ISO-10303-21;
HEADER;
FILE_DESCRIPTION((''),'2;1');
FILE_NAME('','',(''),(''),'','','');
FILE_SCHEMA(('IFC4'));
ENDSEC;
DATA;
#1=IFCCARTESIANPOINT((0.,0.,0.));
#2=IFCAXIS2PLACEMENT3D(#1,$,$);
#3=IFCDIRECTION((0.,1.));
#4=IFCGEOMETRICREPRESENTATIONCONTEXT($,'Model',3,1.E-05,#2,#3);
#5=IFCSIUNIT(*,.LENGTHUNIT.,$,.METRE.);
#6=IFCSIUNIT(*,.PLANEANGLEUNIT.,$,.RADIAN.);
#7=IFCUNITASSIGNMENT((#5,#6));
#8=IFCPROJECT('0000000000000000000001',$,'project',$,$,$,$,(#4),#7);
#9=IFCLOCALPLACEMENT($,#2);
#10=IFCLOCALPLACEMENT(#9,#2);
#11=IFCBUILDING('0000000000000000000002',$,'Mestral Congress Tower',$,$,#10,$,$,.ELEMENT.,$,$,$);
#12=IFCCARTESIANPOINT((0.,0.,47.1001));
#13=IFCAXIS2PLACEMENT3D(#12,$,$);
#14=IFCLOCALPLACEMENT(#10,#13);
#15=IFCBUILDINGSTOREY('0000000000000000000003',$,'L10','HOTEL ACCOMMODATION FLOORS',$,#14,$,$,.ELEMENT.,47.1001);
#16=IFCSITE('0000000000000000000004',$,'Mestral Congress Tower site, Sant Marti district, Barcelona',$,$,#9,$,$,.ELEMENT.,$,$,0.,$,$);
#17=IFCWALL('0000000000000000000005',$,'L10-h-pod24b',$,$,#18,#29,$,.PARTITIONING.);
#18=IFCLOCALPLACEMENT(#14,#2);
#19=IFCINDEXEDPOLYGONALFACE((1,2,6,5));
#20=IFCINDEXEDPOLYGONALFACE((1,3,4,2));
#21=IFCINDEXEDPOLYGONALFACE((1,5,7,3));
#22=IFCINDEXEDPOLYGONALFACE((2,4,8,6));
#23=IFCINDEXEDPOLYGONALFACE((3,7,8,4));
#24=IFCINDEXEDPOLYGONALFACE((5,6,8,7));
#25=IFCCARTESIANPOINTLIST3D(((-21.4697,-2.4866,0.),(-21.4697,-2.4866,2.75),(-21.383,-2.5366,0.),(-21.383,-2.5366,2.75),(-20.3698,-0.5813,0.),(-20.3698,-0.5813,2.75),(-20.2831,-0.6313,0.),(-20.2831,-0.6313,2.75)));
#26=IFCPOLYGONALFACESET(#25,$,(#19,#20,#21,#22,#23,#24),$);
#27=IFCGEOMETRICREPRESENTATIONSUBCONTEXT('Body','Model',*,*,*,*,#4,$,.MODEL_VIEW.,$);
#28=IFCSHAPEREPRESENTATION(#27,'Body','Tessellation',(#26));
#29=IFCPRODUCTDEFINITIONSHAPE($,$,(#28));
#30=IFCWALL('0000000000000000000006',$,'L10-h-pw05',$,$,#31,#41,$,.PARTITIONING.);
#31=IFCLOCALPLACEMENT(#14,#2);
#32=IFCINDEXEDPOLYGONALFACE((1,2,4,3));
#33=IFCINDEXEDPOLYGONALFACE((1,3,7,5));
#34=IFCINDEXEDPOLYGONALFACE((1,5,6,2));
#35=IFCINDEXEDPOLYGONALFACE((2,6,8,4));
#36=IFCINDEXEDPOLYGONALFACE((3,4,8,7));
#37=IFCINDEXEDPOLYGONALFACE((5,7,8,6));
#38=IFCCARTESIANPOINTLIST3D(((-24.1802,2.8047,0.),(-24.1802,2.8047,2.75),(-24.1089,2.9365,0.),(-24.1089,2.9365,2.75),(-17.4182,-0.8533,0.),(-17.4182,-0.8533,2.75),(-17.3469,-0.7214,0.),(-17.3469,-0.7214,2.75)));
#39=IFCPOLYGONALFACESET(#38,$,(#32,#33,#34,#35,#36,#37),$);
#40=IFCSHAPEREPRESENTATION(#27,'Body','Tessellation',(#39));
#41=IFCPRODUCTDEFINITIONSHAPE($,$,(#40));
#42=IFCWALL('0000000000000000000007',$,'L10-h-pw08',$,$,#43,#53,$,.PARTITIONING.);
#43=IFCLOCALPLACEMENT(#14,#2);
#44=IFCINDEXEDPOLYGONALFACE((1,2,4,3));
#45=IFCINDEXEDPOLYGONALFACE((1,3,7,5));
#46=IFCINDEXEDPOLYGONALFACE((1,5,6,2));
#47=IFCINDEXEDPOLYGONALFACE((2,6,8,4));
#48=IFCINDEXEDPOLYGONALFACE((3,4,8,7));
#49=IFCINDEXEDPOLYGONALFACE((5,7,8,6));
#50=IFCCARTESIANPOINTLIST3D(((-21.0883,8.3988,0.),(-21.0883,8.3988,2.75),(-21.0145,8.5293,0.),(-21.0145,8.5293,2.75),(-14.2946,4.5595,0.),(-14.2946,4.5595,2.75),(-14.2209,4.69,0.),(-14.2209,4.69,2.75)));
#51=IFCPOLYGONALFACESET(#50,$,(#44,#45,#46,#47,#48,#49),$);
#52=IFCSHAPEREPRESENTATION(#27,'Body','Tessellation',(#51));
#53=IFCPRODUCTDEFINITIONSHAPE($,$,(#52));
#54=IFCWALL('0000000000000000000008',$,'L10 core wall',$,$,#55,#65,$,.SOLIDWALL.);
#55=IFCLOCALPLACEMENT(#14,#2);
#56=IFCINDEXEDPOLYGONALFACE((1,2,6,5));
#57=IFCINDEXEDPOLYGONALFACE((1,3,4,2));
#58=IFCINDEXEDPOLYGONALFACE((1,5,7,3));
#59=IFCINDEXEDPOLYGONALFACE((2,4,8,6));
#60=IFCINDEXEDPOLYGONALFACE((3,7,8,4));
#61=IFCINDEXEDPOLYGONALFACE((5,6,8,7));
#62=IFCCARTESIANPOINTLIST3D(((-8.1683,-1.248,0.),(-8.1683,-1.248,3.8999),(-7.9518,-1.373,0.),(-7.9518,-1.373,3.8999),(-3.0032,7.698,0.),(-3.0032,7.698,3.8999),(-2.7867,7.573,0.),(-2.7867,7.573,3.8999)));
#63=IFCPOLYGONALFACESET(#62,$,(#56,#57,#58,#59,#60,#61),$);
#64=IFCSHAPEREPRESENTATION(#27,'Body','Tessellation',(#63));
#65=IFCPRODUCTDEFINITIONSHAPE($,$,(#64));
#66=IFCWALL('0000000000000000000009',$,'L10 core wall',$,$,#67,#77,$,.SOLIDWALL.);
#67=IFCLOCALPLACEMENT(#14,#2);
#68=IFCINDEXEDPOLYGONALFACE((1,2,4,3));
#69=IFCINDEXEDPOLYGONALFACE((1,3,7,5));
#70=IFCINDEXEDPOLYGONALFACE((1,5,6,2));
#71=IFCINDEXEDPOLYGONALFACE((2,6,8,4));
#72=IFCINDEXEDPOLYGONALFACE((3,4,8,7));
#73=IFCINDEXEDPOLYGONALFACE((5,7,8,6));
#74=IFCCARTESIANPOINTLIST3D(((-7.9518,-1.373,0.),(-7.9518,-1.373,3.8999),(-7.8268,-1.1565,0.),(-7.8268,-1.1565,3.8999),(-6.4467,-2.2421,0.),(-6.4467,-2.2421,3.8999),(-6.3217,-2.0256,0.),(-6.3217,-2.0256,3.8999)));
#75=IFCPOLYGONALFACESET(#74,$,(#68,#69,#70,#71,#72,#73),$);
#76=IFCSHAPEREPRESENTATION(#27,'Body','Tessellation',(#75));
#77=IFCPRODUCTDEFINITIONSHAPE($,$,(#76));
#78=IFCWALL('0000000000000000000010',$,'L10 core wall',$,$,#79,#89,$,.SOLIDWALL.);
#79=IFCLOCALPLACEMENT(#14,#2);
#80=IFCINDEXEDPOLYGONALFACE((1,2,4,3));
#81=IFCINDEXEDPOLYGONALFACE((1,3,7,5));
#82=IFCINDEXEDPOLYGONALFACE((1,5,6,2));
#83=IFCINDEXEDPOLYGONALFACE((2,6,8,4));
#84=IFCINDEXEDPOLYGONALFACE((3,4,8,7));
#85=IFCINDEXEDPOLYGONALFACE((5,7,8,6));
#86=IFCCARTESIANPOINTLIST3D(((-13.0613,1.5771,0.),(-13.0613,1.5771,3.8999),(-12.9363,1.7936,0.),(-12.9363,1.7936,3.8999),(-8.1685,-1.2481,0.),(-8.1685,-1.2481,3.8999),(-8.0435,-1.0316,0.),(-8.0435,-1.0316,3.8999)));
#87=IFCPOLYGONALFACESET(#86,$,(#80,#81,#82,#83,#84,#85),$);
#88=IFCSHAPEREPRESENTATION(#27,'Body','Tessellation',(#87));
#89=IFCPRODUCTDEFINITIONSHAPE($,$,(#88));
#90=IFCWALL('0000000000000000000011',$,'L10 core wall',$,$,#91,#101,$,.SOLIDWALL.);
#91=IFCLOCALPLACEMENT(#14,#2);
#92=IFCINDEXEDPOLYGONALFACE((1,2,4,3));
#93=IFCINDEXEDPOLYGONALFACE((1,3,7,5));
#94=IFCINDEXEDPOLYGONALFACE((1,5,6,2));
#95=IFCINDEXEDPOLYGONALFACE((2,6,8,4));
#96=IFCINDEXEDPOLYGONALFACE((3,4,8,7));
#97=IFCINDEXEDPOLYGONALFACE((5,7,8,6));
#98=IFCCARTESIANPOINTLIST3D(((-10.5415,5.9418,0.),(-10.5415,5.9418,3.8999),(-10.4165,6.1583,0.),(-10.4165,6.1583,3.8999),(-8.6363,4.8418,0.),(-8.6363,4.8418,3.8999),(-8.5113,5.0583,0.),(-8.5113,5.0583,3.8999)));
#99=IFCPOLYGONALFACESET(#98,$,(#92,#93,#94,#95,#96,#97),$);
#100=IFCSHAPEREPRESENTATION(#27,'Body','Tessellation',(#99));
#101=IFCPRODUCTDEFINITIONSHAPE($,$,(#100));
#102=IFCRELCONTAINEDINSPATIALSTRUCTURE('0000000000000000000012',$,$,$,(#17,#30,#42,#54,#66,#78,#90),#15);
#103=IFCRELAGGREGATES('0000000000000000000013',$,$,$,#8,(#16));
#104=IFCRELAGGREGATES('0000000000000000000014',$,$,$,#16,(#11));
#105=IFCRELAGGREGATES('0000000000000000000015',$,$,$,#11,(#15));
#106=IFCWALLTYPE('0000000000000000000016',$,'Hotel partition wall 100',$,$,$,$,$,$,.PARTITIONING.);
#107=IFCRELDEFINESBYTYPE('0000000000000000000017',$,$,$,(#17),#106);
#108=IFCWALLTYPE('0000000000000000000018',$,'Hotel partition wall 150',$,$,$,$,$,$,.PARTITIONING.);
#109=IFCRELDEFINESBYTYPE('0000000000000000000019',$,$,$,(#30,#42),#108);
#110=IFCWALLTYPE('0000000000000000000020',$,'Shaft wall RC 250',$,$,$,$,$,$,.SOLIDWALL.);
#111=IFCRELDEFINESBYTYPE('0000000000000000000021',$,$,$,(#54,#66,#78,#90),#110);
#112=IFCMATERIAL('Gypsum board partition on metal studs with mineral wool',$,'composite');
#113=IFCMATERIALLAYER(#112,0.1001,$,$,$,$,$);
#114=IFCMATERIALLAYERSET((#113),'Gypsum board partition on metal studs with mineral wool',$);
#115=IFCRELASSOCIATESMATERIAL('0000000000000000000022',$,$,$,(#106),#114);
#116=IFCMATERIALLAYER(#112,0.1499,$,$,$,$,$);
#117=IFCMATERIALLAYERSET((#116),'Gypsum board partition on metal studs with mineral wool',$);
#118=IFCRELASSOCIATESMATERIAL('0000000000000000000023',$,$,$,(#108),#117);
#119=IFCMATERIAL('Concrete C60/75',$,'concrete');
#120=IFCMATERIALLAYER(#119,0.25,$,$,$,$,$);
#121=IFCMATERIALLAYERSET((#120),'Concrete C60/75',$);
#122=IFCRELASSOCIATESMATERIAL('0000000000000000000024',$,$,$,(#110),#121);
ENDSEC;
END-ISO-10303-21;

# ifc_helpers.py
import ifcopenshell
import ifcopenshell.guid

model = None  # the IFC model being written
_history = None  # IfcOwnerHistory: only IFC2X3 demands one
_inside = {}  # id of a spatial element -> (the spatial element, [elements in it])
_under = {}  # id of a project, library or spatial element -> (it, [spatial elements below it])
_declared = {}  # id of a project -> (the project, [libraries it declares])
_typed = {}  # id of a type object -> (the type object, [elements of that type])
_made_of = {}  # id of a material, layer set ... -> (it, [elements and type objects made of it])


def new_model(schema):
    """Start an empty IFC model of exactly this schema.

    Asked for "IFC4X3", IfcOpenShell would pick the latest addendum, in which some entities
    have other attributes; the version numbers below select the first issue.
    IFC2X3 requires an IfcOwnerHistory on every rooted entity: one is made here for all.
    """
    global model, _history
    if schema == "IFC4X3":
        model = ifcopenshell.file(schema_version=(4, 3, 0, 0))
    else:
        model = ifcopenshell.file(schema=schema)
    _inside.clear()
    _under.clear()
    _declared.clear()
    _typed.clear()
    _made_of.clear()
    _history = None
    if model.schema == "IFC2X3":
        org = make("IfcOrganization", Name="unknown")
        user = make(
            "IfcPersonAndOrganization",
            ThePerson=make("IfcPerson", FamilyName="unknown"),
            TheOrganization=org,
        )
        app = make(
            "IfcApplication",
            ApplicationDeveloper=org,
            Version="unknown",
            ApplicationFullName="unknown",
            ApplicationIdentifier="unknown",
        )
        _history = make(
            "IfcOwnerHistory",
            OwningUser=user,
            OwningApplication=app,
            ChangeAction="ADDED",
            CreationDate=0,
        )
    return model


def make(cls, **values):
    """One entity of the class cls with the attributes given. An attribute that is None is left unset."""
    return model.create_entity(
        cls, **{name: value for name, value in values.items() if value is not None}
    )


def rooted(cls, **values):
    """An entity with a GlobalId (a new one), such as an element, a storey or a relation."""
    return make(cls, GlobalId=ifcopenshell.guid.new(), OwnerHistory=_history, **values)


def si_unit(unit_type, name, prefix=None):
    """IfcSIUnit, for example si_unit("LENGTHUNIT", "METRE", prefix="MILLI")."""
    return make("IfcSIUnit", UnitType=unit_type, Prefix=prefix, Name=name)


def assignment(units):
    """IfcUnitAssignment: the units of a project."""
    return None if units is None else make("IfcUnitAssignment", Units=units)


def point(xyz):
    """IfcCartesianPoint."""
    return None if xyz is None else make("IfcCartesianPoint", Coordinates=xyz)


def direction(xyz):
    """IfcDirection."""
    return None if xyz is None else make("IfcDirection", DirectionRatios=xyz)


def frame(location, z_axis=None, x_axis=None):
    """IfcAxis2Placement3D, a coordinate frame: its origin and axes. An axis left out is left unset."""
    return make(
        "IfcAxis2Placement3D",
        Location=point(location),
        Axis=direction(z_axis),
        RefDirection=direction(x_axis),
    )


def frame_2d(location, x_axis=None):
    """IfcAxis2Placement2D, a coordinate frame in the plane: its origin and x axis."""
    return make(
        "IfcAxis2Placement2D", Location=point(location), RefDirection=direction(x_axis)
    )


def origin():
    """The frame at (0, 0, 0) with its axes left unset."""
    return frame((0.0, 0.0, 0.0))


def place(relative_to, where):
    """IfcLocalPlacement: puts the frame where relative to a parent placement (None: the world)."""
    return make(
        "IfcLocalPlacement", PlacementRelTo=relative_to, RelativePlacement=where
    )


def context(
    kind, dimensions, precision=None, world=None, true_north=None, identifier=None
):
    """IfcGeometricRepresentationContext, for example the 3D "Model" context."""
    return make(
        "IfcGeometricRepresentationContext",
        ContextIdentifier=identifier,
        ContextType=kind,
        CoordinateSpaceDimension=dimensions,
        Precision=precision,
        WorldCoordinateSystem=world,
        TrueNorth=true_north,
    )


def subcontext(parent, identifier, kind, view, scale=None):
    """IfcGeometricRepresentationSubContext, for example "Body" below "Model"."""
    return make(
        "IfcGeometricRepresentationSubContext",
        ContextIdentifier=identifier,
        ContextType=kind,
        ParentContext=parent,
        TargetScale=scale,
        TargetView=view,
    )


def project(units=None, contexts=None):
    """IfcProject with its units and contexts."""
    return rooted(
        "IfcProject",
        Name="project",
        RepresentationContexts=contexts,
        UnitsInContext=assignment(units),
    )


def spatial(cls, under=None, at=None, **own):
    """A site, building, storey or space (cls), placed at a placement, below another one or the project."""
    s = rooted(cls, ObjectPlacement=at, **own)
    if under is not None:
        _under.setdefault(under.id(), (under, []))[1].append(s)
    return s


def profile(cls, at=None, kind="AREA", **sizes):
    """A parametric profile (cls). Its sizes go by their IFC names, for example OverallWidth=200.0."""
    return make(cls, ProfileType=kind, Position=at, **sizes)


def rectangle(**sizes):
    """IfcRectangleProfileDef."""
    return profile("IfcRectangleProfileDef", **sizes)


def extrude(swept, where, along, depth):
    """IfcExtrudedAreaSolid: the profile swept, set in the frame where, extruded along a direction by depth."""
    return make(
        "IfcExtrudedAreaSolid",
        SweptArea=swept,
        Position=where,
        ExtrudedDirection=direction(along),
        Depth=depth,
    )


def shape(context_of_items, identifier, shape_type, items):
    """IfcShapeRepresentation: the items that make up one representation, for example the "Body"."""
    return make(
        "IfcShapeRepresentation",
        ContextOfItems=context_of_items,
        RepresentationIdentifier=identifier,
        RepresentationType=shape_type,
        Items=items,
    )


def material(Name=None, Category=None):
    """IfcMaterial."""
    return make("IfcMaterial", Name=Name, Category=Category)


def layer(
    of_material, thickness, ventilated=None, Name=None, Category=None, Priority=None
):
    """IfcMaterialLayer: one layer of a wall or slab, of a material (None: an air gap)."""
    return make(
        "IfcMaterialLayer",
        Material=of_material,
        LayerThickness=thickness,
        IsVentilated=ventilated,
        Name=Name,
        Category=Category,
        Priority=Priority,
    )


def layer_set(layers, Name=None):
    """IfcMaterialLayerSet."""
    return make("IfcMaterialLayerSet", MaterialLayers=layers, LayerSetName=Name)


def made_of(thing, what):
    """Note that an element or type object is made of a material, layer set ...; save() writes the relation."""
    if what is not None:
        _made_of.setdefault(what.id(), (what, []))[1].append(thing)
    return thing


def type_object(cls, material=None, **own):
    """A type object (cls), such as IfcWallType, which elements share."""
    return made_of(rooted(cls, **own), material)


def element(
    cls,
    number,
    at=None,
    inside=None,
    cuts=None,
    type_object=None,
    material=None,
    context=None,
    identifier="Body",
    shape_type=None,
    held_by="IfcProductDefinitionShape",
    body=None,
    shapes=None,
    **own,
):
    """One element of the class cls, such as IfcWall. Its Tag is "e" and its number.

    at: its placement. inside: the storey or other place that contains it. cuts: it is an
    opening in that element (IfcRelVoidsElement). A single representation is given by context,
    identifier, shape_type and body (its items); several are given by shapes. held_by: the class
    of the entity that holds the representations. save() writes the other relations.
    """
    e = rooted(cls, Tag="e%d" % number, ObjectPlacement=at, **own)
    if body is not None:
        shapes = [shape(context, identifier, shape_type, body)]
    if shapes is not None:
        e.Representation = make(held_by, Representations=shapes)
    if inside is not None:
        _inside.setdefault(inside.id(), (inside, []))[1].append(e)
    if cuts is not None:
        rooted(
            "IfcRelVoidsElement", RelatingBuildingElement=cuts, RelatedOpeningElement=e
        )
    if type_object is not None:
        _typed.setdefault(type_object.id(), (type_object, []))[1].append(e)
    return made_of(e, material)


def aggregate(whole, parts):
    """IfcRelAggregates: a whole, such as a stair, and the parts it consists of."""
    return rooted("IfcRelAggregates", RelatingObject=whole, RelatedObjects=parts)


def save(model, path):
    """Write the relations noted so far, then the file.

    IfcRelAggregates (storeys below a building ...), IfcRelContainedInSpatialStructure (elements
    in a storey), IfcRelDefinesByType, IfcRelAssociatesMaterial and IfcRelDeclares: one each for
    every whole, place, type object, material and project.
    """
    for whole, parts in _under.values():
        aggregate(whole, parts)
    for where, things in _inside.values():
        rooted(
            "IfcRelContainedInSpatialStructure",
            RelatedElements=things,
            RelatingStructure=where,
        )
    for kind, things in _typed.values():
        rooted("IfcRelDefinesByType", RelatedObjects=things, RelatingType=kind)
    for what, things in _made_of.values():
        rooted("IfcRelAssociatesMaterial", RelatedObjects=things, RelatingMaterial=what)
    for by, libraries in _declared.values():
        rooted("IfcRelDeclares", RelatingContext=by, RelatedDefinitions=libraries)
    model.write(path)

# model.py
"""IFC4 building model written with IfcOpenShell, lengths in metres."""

from ifc_helpers import new_model, si_unit, direction, frame, frame_2d, origin, place, context, subcontext, project, spatial, rectangle, extrude, material, layer, layer_set, type_object, element, save


model = new_model("IFC4")

# Units and contexts
model_context = context("Model", 3, precision=1e-05, world=origin(), true_north=direction((0.0, 1.0)))
body_context = subcontext(model_context, "Body", "Model", "MODEL_VIEW")
ifc_project = project(units=[si_unit("LENGTHUNIT", "METRE"), si_unit("PLANEANGLEUNIT", "RADIAN")], contexts=[model_context])

# Site, building, storey
site_placement = place(None, origin())
site = spatial("IfcSite", under=ifc_project, at=site_placement, Name="Mestral Congress Tower site, Sant Marti district, Barcelona", CompositionType="ELEMENT", RefElevation=0.0)
building_placement = place(site_placement, origin())
building = spatial("IfcBuilding", under=site, at=building_placement, Name="Mestral Congress Tower", CompositionType="ELEMENT")
storey_placement = place(building_placement, frame((0.0, 0.0, 47.1001)))
storey = spatial("IfcBuildingStorey", under=building, at=storey_placement, Name="L10", Description="HOTEL ACCOMMODATION FLOORS", CompositionType="ELEMENT", Elevation=47.1001)

# Shared definitions
ifc_material_1 = material(Name="Concrete C60/75", Category="concrete")

# Shared definitions
ifc_material_2 = material(Name="Gypsum board partition on metal studs with mineral wool", Category="composite")
ifc_layer_1 = layer(ifc_material_2, 0.1001)
ifc_layer_set_1 = layer_set([ifc_layer_1], Name="Gypsum board partition on metal studs with mineral wool")
wall_type_1 = type_object("IfcWallType", Name="Hotel partition wall 100", PredefinedType="PARTITIONING", material=ifc_layer_set_1)

# Walls
wall_1_placement = place(storey_placement, frame((-20.3264, -0.6062, 0.0), z_axis=(0.0, 0.0, 1.0), x_axis=(-0.499947, -0.866056, 0.0)))
element("IfcWall", 1, at=wall_1_placement, inside=storey, type_object=wall_type_1, Name="L10-h-pod24b", PredefinedType="PARTITIONING", context=body_context, shape_type="SweptSolid", body=[
    extrude(rectangle(XDim=2.2, YDim=0.1001, at=frame_2d((1.1001, 0.0))), origin(), (0.0, 0.0, 1.0), 2.75),
])
ifc_layer_2 = layer(ifc_material_2, 0.1499)
ifc_layer_set_2 = layer_set([ifc_layer_2], Name="Gypsum board partition on metal studs with mineral wool")
wall_type_2 = type_object("IfcWallType", Name="Hotel partition wall 150", PredefinedType="PARTITIONING", material=ifc_layer_set_2)
wall_2_placement = place(storey_placement, frame((-24.1445, 2.8706, 0.0), z_axis=(0.0, 0.0, 1.0), x_axis=(0.879552, -0.475803, 0.0)))
element("IfcWall", 2, at=wall_2_placement, inside=storey, type_object=wall_type_2, Name="L10-h-pw05", PredefinedType="PARTITIONING", context=body_context, shape_type="SweptSolid", body=[
    extrude(rectangle(XDim=7.688, YDim=0.1499, at=frame_2d((3.844, 0.0))), origin(), (0.0, 0.0, 1.0), 2.75),
])
wall_3_placement = place(storey_placement, frame((-21.0515, 8.4641, 0.0), z_axis=(0.0, 0.0, 1.0), x_axis=(0.870594, -0.492003, 0.0)))
element("IfcWall", 3, at=wall_3_placement, inside=storey, type_object=wall_type_2, Name="L10-h-pw08", PredefinedType="PARTITIONING", context=body_context, shape_type="SweptSolid", body=[
    extrude(rectangle(XDim=7.8035, YDim=0.1499, at=frame_2d((3.9019, 0.0))), origin(), (0.0, 0.0, 1.0), 2.75),
])
ifc_layer_3 = layer(ifc_material_1, 0.25)
ifc_layer_set_3 = layer_set([ifc_layer_3], Name="Concrete C60/75")
wall_type_3 = type_object("IfcWallType", Name="Shaft wall RC 250", PredefinedType="SOLIDWALL", material=ifc_layer_set_3)
wall_4_placement = place(storey_placement, frame((-8.0601, -1.3105, 0.0), z_axis=(0.0, 0.0, 1.0), x_axis=(0.500003, 0.866024, 0.0)))
element("IfcWall", 4, at=wall_4_placement, inside=storey, type_object=wall_type_3, Name="L10 core wall", PredefinedType="SOLIDWALL", context=body_context, shape_type="SweptSolid", body=[
    extrude(rectangle(XDim=10.3301, YDim=0.25, at=frame_2d((5.165, 0.0))), origin(), (0.0, 0.0, 1.0), 3.8999),
])
wall_5_placement = place(storey_placement, frame((-7.8894, -1.2646, 0.0), z_axis=(0.0, 0.0, 1.0), x_axis=(0.865987, -0.500067, 0.0)))
element("IfcWall", 5, at=wall_5_placement, inside=storey, type_object=wall_type_3, Name="L10 core wall", PredefinedType="SOLIDWALL", context=body_context, shape_type="SweptSolid", body=[
    extrude(rectangle(XDim=1.738, YDim=0.25, at=frame_2d((0.8691, 0.0))), origin(), (0.0, 0.0, 1.0), 3.8999),
])
wall_6_placement = place(storey_placement, frame((-8.106, -1.1399, 0.0), z_axis=(0.0, 0.0, 1.0), x_axis=(-0.866001, 0.500043, 0.0)))
element("IfcWall", 6, at=wall_6_placement, inside=storey, type_object=wall_type_3, Name="L10 core wall", PredefinedType="SOLIDWALL", context=body_context, shape_type="SweptSolid", body=[
    extrude(rectangle(XDim=5.6499, YDim=0.25, at=frame_2d((2.825, 0.0))), origin(), (0.0, 0.0, 1.0), 3.8999),
])
wall_7_placement = place(storey_placement, frame((-8.5737, 4.95, 0.0), z_axis=(0.0, 0.0, 1.0), x_axis=(-0.866008, 0.50003, 0.0)))
element("IfcWall", 7, at=wall_7_placement, inside=storey, type_object=wall_type_3, Name="L10 core wall", PredefinedType="SOLIDWALL", context=body_context, shape_type="SweptSolid", body=[
    extrude(rectangle(XDim=2.2, YDim=0.25, at=frame_2d((1.1001, 0.0))), origin(), (0.0, 0.0, 1.0), 3.8999),
])

save(model, "model.ifc")
